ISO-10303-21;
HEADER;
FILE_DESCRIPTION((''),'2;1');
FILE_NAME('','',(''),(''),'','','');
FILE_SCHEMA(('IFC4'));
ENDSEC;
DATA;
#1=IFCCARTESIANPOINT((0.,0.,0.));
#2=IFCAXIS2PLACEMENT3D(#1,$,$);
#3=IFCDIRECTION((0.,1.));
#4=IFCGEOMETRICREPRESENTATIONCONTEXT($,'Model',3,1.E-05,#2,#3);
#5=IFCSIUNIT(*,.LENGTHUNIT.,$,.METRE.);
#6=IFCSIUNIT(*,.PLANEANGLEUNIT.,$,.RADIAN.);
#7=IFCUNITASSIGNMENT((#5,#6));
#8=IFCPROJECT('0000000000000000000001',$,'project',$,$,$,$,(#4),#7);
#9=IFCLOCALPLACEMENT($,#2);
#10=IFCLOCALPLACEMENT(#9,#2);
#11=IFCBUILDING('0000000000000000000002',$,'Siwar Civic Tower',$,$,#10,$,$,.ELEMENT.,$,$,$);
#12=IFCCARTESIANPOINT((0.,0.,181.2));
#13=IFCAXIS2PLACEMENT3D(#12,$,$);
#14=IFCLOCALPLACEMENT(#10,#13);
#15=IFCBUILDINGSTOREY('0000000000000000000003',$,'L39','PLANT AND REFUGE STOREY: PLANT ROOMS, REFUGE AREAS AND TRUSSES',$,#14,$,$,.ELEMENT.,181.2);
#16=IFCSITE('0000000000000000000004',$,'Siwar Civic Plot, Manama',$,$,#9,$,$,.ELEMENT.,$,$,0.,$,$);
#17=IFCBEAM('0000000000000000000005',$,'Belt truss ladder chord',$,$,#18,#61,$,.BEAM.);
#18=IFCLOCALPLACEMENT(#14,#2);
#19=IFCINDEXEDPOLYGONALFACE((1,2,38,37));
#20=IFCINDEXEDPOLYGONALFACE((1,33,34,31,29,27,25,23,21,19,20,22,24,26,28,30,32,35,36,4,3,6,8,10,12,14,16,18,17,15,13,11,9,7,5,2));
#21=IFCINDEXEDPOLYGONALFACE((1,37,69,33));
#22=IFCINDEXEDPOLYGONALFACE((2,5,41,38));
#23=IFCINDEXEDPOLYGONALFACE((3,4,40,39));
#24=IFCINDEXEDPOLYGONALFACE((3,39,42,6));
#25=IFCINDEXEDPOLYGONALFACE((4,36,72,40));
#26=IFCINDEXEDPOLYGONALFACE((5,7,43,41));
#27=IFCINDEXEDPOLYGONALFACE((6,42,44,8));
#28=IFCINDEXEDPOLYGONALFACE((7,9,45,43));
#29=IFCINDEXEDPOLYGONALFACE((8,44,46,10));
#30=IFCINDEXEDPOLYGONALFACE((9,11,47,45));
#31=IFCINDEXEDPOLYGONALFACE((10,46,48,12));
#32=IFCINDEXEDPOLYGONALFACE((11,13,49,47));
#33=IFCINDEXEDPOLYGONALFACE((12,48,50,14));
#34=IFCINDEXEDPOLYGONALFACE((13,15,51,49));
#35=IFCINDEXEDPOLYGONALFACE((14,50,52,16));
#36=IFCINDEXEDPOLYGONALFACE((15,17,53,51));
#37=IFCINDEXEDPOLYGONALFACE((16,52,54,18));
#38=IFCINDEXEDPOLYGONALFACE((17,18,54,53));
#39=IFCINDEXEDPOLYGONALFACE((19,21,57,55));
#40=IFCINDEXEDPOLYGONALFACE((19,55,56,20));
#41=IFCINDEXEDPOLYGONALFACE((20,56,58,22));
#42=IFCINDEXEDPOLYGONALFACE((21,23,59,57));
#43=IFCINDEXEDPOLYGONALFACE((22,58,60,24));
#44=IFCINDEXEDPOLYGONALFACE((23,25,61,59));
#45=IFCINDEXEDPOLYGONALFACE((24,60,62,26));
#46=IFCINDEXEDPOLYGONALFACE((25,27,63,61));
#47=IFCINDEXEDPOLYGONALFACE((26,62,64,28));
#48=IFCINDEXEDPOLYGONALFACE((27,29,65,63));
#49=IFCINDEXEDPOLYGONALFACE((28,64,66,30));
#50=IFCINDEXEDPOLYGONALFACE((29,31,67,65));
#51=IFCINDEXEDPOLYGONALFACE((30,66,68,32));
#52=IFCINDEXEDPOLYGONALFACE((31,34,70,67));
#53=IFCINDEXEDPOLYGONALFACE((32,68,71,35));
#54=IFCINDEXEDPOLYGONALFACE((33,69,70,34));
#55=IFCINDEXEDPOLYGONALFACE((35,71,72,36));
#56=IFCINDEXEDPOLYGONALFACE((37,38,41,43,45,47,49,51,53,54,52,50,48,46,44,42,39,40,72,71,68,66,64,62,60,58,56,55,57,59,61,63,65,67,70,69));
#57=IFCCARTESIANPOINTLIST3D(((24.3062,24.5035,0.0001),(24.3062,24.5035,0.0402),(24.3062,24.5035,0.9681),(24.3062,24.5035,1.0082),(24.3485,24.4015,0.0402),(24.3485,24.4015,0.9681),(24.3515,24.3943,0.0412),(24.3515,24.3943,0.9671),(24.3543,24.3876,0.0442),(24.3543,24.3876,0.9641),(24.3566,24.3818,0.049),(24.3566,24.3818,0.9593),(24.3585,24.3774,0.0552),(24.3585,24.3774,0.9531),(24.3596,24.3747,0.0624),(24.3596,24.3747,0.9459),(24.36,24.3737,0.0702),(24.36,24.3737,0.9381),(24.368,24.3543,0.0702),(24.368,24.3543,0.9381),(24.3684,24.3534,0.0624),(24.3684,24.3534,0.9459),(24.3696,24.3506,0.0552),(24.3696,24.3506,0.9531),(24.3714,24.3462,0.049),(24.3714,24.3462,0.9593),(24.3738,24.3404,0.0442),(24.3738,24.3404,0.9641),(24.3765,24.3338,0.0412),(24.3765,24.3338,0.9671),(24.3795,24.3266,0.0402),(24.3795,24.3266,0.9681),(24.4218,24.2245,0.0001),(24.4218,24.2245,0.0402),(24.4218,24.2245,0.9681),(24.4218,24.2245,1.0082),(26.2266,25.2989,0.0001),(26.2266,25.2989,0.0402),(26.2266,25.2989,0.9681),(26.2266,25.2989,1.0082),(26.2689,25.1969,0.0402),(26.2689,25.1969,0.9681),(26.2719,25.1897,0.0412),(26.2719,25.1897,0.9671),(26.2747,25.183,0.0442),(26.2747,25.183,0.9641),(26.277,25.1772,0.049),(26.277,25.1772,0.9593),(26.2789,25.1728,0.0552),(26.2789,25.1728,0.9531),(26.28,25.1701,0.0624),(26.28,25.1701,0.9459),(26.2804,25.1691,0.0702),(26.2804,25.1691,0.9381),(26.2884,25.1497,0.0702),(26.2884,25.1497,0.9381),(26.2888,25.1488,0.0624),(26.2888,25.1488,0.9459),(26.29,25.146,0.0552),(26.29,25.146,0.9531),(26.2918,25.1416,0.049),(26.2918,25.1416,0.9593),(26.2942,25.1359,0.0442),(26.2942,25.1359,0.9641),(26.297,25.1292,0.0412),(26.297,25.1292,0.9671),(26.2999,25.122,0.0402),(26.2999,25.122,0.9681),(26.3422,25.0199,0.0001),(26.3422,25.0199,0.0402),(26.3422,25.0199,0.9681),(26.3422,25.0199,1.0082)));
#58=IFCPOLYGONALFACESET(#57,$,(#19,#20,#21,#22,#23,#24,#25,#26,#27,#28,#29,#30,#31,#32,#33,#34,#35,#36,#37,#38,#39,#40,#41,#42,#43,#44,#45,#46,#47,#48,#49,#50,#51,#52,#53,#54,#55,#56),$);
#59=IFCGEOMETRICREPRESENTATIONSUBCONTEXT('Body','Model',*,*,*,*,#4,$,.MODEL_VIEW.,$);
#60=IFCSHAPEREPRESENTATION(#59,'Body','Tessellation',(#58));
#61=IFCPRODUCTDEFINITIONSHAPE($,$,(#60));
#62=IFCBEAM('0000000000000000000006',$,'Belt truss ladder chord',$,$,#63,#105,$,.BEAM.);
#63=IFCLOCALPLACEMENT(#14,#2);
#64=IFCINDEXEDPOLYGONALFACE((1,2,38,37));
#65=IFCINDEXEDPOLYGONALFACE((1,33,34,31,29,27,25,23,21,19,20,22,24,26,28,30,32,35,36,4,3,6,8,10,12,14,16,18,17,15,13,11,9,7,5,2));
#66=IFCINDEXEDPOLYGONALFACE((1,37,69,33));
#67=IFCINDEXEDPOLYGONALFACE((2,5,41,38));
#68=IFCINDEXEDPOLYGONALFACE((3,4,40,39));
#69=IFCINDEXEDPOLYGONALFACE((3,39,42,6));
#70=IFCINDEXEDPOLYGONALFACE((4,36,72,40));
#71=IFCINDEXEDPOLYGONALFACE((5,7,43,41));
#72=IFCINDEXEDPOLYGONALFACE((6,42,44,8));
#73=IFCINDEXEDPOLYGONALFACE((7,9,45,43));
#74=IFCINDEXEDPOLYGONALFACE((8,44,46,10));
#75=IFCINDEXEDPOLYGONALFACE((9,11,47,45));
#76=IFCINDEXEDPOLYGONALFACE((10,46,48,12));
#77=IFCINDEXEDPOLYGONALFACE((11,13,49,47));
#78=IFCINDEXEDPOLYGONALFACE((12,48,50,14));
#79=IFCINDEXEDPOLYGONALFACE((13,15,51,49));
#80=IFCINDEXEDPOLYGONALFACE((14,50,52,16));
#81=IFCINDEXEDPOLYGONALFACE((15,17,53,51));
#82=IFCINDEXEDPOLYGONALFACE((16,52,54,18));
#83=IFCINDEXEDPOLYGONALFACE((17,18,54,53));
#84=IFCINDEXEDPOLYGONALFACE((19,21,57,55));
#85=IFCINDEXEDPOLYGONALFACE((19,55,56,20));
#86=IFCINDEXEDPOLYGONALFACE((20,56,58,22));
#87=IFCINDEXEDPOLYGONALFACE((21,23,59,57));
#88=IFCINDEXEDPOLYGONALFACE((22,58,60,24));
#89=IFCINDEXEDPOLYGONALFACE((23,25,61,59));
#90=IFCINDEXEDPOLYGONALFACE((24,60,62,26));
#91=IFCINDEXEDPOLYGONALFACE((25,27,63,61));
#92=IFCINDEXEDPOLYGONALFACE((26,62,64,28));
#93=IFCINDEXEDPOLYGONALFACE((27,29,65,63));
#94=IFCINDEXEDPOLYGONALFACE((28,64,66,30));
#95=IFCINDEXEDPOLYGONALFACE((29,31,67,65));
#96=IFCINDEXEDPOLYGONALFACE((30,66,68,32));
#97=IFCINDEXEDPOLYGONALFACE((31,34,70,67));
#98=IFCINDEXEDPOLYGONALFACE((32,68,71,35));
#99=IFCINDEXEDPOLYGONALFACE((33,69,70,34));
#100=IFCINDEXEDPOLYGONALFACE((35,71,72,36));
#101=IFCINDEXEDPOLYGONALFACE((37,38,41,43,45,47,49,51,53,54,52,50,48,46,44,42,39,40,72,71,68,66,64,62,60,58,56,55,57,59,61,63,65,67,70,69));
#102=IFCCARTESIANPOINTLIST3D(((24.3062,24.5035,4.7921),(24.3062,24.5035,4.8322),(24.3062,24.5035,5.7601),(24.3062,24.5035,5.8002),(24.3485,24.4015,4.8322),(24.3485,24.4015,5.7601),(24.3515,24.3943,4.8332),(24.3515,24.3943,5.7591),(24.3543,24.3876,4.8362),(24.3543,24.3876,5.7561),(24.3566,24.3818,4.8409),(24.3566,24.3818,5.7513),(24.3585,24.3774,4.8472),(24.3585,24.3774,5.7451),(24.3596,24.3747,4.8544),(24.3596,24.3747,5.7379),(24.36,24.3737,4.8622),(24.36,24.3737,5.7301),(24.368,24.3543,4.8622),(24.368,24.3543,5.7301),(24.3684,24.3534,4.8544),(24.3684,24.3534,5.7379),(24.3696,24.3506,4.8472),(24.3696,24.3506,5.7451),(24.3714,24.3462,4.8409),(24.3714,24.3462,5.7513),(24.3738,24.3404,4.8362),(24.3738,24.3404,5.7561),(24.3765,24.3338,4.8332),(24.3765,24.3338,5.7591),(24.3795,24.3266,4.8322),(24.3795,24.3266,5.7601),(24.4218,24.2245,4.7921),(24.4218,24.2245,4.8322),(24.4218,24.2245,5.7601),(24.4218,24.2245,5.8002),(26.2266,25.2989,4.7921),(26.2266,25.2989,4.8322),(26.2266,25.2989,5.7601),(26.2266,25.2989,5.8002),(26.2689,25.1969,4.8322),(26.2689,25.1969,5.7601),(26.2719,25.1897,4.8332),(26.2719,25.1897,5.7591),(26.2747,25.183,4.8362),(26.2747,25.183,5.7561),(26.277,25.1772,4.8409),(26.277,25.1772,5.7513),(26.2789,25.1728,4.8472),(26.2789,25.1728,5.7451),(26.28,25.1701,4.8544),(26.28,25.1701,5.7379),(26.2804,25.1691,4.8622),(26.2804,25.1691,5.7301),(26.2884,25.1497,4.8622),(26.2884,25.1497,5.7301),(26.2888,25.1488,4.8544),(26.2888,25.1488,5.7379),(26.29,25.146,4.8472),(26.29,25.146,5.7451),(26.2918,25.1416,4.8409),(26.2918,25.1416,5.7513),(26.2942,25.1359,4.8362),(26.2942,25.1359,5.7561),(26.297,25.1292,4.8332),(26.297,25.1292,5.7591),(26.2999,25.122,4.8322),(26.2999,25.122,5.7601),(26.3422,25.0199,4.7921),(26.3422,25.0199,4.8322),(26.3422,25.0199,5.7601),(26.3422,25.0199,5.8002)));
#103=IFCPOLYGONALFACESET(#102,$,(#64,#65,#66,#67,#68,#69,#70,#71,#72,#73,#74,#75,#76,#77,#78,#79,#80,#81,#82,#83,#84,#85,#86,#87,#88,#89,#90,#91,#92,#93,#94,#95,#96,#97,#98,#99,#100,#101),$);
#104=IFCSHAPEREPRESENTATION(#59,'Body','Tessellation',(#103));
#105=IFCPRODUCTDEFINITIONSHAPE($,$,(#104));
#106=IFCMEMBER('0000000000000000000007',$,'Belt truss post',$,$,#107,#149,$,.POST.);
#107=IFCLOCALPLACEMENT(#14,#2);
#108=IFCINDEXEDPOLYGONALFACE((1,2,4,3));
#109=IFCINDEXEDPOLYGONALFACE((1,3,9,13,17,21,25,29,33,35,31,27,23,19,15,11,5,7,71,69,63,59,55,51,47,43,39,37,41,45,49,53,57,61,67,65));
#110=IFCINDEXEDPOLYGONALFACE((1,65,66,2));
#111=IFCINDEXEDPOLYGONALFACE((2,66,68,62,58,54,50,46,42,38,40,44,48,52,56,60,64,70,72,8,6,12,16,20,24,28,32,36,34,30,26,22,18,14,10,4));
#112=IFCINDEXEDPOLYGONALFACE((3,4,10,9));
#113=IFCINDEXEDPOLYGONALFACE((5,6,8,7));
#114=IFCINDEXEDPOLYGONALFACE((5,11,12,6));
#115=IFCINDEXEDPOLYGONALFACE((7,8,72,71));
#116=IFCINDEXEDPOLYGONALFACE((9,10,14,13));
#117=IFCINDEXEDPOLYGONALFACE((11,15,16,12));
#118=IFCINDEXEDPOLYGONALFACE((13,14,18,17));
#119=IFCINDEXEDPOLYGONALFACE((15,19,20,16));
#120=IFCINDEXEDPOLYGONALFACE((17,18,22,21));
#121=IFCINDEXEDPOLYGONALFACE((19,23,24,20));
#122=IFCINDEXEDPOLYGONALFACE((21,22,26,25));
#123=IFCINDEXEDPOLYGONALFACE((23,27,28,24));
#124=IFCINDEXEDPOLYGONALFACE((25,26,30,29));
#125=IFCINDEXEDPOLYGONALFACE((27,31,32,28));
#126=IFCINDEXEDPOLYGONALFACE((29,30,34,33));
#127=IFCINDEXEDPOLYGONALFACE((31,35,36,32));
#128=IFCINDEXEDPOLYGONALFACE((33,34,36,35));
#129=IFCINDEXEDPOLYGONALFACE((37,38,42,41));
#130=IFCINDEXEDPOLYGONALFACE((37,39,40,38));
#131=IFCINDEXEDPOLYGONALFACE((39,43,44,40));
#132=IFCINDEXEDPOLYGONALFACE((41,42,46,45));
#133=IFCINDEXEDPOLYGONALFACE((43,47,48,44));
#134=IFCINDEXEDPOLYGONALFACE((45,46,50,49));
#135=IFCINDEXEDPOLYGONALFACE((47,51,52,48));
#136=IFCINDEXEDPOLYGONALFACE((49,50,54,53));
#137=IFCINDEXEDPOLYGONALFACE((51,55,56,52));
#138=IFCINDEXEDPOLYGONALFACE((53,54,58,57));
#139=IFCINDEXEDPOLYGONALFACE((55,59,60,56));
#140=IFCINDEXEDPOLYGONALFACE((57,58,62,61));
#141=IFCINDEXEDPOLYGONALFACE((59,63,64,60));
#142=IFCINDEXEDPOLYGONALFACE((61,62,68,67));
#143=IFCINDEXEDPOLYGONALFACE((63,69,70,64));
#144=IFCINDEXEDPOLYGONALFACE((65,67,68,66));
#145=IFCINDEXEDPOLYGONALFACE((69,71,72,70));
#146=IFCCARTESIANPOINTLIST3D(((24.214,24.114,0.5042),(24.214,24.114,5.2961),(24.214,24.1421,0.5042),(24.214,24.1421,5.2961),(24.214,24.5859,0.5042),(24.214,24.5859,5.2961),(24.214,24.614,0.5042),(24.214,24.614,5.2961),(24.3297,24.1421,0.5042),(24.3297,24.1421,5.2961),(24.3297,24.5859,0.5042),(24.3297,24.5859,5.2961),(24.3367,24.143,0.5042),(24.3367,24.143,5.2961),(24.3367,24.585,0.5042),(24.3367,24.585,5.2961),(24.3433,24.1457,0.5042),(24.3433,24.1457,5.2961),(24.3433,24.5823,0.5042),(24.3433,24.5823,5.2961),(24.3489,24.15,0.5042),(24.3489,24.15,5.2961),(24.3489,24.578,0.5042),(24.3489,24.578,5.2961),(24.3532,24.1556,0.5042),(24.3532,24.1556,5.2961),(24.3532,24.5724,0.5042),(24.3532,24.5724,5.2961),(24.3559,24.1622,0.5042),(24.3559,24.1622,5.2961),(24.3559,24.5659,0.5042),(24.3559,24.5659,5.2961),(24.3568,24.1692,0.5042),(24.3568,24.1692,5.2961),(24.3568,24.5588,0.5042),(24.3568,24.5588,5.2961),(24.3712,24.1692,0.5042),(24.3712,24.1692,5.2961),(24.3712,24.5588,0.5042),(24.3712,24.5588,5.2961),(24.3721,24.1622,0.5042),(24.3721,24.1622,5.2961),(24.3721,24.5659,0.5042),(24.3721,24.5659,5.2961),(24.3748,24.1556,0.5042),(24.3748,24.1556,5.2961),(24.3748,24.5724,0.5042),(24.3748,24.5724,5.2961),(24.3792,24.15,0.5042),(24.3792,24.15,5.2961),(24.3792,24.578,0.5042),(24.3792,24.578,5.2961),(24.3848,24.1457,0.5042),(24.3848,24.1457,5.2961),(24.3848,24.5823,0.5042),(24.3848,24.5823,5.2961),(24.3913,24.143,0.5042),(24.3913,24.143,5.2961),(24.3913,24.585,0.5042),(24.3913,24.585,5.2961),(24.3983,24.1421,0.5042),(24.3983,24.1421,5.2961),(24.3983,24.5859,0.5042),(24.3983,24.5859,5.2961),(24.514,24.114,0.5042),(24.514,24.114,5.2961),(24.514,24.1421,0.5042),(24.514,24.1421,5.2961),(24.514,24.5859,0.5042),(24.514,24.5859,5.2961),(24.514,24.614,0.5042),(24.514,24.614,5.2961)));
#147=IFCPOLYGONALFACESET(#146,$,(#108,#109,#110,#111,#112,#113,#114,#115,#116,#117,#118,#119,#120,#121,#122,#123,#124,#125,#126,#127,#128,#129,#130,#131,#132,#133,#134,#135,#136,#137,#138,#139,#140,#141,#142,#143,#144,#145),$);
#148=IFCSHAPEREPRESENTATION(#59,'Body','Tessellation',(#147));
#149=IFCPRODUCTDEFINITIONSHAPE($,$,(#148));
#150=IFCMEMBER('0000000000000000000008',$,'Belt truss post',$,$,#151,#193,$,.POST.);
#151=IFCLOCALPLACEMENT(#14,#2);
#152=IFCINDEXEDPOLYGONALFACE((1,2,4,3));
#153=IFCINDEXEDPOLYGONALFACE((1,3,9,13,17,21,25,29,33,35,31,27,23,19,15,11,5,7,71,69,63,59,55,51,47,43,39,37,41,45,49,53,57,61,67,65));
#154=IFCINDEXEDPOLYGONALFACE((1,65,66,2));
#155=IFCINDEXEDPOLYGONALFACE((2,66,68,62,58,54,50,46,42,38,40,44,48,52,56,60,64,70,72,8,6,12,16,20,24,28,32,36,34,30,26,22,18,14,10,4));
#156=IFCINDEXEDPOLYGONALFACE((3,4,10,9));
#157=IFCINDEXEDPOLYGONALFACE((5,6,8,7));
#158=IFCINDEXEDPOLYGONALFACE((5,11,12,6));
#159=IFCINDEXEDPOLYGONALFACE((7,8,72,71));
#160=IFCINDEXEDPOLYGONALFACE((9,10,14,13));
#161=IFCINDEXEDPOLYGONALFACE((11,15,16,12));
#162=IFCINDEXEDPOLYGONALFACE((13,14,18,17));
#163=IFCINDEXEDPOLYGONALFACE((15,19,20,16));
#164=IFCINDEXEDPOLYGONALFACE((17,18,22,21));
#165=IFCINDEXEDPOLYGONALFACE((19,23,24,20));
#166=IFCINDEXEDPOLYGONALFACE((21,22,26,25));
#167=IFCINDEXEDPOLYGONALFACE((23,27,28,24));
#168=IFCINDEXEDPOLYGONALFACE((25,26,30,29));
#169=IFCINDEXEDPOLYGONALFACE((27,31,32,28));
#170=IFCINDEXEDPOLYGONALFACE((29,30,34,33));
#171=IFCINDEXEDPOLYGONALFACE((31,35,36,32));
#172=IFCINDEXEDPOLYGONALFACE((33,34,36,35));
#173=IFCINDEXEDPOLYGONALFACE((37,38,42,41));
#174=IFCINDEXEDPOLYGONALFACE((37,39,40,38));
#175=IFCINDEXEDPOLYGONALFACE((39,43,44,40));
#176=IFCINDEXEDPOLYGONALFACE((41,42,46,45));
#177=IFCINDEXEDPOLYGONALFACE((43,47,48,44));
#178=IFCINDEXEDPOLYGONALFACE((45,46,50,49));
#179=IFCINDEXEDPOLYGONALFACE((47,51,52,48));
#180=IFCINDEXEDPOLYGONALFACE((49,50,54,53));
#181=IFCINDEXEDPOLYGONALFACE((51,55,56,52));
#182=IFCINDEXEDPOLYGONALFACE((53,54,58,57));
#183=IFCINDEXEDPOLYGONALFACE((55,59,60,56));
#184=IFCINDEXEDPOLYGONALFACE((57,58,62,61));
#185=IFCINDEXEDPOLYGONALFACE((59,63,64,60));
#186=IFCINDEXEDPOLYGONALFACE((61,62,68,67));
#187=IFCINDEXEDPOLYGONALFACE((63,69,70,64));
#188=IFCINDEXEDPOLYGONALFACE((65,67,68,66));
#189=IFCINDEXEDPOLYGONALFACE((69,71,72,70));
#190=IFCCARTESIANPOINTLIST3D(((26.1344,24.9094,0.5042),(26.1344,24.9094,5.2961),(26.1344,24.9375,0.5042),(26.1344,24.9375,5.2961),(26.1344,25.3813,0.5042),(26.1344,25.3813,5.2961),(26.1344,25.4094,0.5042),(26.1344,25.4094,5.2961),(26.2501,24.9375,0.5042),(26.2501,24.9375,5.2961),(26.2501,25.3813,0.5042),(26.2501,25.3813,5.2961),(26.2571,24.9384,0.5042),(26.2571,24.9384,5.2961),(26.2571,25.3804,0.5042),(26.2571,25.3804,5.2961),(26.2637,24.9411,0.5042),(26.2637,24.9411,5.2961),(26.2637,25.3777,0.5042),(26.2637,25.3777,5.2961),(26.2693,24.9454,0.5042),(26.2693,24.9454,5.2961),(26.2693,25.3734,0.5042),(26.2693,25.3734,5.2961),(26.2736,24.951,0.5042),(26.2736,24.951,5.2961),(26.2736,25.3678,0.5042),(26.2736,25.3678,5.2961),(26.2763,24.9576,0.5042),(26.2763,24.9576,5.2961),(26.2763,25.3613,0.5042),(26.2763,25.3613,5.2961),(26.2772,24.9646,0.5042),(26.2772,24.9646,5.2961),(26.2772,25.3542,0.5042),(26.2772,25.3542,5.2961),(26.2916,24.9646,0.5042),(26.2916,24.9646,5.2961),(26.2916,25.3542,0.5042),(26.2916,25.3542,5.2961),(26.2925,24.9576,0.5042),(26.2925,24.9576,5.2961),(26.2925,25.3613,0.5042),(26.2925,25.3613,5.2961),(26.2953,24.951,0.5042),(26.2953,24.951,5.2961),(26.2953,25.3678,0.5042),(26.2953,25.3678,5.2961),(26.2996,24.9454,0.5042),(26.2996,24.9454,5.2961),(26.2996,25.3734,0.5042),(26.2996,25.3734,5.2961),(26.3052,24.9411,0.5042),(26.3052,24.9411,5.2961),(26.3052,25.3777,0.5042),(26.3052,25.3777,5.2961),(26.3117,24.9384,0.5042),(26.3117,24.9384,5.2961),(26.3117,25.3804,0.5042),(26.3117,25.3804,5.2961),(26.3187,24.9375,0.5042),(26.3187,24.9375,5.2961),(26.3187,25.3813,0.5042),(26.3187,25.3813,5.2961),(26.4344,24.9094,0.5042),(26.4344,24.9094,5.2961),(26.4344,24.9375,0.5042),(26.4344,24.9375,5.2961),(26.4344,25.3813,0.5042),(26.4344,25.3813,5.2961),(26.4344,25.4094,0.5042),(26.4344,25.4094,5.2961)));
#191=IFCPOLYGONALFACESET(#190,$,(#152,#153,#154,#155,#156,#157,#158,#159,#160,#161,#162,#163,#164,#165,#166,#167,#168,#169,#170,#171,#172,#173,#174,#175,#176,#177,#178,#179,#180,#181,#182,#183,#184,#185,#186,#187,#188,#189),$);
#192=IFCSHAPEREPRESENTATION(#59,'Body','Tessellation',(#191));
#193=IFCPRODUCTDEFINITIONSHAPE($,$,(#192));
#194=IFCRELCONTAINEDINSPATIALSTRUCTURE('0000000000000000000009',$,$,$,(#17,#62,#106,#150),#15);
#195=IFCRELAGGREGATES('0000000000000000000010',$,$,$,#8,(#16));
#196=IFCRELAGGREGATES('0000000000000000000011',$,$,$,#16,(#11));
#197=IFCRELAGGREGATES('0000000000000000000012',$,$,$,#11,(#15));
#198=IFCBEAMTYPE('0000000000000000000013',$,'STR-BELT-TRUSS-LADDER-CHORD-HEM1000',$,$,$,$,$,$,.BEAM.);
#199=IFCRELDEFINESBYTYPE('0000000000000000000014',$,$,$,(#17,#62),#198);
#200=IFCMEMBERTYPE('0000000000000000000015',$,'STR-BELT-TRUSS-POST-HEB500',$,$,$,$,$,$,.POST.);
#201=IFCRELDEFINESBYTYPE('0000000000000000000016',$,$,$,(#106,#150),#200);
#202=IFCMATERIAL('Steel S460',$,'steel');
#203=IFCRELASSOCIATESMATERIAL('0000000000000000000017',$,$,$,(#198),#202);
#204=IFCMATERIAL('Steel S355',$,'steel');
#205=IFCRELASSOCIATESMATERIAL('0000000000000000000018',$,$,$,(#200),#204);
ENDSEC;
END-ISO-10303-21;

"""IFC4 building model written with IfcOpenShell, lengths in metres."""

from ifc_helpers import new_model, si_unit, direction, frame, origin, origin_2d, place, context, subcontext, project, spatial, i_section, extrude, material, material_profile, profile_set, type_object, element, save


model = new_model("IFC4")

# Units and contexts
model_context = context("Model", 3, precision=1e-05, world=origin(), true_north=direction((0.0, 1.0)))
body_context = subcontext(model_context, "Body", "Model", "MODEL_VIEW")
ifc_project = project(units=[si_unit("LENGTHUNIT", "METRE"), si_unit("PLANEANGLEUNIT", "RADIAN")], contexts=[model_context])

# Site, building, storey
site_placement = place(None, origin())
site = spatial("IfcSite", under=ifc_project, at=site_placement, Name="Siwar Civic Plot, Manama", CompositionType="ELEMENT", RefElevation=0.0)
building_placement = place(site_placement, origin())
building = spatial("IfcBuilding", under=site, at=building_placement, Name="Siwar Civic Tower", CompositionType="ELEMENT")
storey_placement = place(building_placement, frame((0.0, 0.0, 181.2)))
storey = spatial("IfcBuildingStorey", under=building, at=storey_placement, Name="L39", Description="PLANT AND REFUGE STOREY: PLANT ROOMS, REFUGE AREAS AND TRUSSES", CompositionType="ELEMENT", Elevation=181.2)

# Beams
ifc_material_1 = material(Name="Steel S460", Category="steel")
ifc_material_profile_1 = material_profile(ifc_material_1, i_section(OverallWidth=0.302, OverallDepth=1.0081, WebThickness=0.021, FlangeThickness=0.04, FilletRadius=0.03, at=origin_2d()), Name="HEM1000")
ifc_profile_set_1 = profile_set([ifc_material_profile_1], Name="Steel S460")
beam_type_1 = type_object("IfcBeamType", Name="STR-BELT-TRUSS-LADDER-CHORD-HEM1000", PredefinedType="BEAM", material=ifc_profile_set_1)
for number, where, z_axis, x_axis, name in (
    (1, (24.364, 24.364, 0.5042), (0.923888, 0.382663, 0.0), (-0.382663, 0.923888, 0.0), "Belt truss ladder chord"),
    (2, (24.364, 24.364, 5.2961), (0.923888, 0.382663, 0.0), (-0.382663, 0.923888, 0.0), "Belt truss ladder chord"),
):
    element("IfcBeam", number, at=place(storey_placement, frame(where, z_axis=z_axis, x_axis=x_axis)), inside=storey, type_object=beam_type_1, Name=name, PredefinedType="BEAM", context=body_context, shape_type="SweptSolid", body=[
        extrude(i_section(OverallWidth=0.302, OverallDepth=1.0081, WebThickness=0.021, FlangeThickness=0.04, FilletRadius=0.03, at=origin_2d()), origin(), (0.0, 0.0, 1.0), 2.0786),
    ])

# Members
ifc_material_2 = material(Name="Steel S355", Category="steel")
ifc_material_profile_2 = material_profile(ifc_material_2, i_section(OverallWidth=0.3, OverallDepth=0.5, WebThickness=0.0144, FlangeThickness=0.0281, FilletRadius=0.0271, at=origin_2d()), Name="HEB500")
ifc_profile_set_2 = profile_set([ifc_material_profile_2], Name="Steel S355")
member_type_1 = type_object("IfcMemberType", Name="STR-BELT-TRUSS-POST-HEB500", PredefinedType="POST", material=ifc_profile_set_2)
for number, where, z_axis, x_axis, name in (
    (3, (24.364, 24.364, 0.5042), (0.0, 0.0, 1.0), (1.0, 0.0, 0.0), "Belt truss post"),
    (4, (26.2844, 25.1594, 0.5042), (0.0, 0.0, 1.0), (1.0, 0.0, 0.0), "Belt truss post"),
):
    element("IfcMember", number, at=place(storey_placement, frame(where, z_axis=z_axis, x_axis=x_axis)), inside=storey, type_object=member_type_1, Name=name, PredefinedType="POST", context=body_context, shape_type="SweptSolid", body=[
        extrude(i_section(OverallWidth=0.3, OverallDepth=0.5, WebThickness=0.0144, FlangeThickness=0.0281, FilletRadius=0.0271, at=origin_2d()), origin(), (0.0, 0.0, 1.0), 4.792),
    ])

save(model, "model.ifc")
